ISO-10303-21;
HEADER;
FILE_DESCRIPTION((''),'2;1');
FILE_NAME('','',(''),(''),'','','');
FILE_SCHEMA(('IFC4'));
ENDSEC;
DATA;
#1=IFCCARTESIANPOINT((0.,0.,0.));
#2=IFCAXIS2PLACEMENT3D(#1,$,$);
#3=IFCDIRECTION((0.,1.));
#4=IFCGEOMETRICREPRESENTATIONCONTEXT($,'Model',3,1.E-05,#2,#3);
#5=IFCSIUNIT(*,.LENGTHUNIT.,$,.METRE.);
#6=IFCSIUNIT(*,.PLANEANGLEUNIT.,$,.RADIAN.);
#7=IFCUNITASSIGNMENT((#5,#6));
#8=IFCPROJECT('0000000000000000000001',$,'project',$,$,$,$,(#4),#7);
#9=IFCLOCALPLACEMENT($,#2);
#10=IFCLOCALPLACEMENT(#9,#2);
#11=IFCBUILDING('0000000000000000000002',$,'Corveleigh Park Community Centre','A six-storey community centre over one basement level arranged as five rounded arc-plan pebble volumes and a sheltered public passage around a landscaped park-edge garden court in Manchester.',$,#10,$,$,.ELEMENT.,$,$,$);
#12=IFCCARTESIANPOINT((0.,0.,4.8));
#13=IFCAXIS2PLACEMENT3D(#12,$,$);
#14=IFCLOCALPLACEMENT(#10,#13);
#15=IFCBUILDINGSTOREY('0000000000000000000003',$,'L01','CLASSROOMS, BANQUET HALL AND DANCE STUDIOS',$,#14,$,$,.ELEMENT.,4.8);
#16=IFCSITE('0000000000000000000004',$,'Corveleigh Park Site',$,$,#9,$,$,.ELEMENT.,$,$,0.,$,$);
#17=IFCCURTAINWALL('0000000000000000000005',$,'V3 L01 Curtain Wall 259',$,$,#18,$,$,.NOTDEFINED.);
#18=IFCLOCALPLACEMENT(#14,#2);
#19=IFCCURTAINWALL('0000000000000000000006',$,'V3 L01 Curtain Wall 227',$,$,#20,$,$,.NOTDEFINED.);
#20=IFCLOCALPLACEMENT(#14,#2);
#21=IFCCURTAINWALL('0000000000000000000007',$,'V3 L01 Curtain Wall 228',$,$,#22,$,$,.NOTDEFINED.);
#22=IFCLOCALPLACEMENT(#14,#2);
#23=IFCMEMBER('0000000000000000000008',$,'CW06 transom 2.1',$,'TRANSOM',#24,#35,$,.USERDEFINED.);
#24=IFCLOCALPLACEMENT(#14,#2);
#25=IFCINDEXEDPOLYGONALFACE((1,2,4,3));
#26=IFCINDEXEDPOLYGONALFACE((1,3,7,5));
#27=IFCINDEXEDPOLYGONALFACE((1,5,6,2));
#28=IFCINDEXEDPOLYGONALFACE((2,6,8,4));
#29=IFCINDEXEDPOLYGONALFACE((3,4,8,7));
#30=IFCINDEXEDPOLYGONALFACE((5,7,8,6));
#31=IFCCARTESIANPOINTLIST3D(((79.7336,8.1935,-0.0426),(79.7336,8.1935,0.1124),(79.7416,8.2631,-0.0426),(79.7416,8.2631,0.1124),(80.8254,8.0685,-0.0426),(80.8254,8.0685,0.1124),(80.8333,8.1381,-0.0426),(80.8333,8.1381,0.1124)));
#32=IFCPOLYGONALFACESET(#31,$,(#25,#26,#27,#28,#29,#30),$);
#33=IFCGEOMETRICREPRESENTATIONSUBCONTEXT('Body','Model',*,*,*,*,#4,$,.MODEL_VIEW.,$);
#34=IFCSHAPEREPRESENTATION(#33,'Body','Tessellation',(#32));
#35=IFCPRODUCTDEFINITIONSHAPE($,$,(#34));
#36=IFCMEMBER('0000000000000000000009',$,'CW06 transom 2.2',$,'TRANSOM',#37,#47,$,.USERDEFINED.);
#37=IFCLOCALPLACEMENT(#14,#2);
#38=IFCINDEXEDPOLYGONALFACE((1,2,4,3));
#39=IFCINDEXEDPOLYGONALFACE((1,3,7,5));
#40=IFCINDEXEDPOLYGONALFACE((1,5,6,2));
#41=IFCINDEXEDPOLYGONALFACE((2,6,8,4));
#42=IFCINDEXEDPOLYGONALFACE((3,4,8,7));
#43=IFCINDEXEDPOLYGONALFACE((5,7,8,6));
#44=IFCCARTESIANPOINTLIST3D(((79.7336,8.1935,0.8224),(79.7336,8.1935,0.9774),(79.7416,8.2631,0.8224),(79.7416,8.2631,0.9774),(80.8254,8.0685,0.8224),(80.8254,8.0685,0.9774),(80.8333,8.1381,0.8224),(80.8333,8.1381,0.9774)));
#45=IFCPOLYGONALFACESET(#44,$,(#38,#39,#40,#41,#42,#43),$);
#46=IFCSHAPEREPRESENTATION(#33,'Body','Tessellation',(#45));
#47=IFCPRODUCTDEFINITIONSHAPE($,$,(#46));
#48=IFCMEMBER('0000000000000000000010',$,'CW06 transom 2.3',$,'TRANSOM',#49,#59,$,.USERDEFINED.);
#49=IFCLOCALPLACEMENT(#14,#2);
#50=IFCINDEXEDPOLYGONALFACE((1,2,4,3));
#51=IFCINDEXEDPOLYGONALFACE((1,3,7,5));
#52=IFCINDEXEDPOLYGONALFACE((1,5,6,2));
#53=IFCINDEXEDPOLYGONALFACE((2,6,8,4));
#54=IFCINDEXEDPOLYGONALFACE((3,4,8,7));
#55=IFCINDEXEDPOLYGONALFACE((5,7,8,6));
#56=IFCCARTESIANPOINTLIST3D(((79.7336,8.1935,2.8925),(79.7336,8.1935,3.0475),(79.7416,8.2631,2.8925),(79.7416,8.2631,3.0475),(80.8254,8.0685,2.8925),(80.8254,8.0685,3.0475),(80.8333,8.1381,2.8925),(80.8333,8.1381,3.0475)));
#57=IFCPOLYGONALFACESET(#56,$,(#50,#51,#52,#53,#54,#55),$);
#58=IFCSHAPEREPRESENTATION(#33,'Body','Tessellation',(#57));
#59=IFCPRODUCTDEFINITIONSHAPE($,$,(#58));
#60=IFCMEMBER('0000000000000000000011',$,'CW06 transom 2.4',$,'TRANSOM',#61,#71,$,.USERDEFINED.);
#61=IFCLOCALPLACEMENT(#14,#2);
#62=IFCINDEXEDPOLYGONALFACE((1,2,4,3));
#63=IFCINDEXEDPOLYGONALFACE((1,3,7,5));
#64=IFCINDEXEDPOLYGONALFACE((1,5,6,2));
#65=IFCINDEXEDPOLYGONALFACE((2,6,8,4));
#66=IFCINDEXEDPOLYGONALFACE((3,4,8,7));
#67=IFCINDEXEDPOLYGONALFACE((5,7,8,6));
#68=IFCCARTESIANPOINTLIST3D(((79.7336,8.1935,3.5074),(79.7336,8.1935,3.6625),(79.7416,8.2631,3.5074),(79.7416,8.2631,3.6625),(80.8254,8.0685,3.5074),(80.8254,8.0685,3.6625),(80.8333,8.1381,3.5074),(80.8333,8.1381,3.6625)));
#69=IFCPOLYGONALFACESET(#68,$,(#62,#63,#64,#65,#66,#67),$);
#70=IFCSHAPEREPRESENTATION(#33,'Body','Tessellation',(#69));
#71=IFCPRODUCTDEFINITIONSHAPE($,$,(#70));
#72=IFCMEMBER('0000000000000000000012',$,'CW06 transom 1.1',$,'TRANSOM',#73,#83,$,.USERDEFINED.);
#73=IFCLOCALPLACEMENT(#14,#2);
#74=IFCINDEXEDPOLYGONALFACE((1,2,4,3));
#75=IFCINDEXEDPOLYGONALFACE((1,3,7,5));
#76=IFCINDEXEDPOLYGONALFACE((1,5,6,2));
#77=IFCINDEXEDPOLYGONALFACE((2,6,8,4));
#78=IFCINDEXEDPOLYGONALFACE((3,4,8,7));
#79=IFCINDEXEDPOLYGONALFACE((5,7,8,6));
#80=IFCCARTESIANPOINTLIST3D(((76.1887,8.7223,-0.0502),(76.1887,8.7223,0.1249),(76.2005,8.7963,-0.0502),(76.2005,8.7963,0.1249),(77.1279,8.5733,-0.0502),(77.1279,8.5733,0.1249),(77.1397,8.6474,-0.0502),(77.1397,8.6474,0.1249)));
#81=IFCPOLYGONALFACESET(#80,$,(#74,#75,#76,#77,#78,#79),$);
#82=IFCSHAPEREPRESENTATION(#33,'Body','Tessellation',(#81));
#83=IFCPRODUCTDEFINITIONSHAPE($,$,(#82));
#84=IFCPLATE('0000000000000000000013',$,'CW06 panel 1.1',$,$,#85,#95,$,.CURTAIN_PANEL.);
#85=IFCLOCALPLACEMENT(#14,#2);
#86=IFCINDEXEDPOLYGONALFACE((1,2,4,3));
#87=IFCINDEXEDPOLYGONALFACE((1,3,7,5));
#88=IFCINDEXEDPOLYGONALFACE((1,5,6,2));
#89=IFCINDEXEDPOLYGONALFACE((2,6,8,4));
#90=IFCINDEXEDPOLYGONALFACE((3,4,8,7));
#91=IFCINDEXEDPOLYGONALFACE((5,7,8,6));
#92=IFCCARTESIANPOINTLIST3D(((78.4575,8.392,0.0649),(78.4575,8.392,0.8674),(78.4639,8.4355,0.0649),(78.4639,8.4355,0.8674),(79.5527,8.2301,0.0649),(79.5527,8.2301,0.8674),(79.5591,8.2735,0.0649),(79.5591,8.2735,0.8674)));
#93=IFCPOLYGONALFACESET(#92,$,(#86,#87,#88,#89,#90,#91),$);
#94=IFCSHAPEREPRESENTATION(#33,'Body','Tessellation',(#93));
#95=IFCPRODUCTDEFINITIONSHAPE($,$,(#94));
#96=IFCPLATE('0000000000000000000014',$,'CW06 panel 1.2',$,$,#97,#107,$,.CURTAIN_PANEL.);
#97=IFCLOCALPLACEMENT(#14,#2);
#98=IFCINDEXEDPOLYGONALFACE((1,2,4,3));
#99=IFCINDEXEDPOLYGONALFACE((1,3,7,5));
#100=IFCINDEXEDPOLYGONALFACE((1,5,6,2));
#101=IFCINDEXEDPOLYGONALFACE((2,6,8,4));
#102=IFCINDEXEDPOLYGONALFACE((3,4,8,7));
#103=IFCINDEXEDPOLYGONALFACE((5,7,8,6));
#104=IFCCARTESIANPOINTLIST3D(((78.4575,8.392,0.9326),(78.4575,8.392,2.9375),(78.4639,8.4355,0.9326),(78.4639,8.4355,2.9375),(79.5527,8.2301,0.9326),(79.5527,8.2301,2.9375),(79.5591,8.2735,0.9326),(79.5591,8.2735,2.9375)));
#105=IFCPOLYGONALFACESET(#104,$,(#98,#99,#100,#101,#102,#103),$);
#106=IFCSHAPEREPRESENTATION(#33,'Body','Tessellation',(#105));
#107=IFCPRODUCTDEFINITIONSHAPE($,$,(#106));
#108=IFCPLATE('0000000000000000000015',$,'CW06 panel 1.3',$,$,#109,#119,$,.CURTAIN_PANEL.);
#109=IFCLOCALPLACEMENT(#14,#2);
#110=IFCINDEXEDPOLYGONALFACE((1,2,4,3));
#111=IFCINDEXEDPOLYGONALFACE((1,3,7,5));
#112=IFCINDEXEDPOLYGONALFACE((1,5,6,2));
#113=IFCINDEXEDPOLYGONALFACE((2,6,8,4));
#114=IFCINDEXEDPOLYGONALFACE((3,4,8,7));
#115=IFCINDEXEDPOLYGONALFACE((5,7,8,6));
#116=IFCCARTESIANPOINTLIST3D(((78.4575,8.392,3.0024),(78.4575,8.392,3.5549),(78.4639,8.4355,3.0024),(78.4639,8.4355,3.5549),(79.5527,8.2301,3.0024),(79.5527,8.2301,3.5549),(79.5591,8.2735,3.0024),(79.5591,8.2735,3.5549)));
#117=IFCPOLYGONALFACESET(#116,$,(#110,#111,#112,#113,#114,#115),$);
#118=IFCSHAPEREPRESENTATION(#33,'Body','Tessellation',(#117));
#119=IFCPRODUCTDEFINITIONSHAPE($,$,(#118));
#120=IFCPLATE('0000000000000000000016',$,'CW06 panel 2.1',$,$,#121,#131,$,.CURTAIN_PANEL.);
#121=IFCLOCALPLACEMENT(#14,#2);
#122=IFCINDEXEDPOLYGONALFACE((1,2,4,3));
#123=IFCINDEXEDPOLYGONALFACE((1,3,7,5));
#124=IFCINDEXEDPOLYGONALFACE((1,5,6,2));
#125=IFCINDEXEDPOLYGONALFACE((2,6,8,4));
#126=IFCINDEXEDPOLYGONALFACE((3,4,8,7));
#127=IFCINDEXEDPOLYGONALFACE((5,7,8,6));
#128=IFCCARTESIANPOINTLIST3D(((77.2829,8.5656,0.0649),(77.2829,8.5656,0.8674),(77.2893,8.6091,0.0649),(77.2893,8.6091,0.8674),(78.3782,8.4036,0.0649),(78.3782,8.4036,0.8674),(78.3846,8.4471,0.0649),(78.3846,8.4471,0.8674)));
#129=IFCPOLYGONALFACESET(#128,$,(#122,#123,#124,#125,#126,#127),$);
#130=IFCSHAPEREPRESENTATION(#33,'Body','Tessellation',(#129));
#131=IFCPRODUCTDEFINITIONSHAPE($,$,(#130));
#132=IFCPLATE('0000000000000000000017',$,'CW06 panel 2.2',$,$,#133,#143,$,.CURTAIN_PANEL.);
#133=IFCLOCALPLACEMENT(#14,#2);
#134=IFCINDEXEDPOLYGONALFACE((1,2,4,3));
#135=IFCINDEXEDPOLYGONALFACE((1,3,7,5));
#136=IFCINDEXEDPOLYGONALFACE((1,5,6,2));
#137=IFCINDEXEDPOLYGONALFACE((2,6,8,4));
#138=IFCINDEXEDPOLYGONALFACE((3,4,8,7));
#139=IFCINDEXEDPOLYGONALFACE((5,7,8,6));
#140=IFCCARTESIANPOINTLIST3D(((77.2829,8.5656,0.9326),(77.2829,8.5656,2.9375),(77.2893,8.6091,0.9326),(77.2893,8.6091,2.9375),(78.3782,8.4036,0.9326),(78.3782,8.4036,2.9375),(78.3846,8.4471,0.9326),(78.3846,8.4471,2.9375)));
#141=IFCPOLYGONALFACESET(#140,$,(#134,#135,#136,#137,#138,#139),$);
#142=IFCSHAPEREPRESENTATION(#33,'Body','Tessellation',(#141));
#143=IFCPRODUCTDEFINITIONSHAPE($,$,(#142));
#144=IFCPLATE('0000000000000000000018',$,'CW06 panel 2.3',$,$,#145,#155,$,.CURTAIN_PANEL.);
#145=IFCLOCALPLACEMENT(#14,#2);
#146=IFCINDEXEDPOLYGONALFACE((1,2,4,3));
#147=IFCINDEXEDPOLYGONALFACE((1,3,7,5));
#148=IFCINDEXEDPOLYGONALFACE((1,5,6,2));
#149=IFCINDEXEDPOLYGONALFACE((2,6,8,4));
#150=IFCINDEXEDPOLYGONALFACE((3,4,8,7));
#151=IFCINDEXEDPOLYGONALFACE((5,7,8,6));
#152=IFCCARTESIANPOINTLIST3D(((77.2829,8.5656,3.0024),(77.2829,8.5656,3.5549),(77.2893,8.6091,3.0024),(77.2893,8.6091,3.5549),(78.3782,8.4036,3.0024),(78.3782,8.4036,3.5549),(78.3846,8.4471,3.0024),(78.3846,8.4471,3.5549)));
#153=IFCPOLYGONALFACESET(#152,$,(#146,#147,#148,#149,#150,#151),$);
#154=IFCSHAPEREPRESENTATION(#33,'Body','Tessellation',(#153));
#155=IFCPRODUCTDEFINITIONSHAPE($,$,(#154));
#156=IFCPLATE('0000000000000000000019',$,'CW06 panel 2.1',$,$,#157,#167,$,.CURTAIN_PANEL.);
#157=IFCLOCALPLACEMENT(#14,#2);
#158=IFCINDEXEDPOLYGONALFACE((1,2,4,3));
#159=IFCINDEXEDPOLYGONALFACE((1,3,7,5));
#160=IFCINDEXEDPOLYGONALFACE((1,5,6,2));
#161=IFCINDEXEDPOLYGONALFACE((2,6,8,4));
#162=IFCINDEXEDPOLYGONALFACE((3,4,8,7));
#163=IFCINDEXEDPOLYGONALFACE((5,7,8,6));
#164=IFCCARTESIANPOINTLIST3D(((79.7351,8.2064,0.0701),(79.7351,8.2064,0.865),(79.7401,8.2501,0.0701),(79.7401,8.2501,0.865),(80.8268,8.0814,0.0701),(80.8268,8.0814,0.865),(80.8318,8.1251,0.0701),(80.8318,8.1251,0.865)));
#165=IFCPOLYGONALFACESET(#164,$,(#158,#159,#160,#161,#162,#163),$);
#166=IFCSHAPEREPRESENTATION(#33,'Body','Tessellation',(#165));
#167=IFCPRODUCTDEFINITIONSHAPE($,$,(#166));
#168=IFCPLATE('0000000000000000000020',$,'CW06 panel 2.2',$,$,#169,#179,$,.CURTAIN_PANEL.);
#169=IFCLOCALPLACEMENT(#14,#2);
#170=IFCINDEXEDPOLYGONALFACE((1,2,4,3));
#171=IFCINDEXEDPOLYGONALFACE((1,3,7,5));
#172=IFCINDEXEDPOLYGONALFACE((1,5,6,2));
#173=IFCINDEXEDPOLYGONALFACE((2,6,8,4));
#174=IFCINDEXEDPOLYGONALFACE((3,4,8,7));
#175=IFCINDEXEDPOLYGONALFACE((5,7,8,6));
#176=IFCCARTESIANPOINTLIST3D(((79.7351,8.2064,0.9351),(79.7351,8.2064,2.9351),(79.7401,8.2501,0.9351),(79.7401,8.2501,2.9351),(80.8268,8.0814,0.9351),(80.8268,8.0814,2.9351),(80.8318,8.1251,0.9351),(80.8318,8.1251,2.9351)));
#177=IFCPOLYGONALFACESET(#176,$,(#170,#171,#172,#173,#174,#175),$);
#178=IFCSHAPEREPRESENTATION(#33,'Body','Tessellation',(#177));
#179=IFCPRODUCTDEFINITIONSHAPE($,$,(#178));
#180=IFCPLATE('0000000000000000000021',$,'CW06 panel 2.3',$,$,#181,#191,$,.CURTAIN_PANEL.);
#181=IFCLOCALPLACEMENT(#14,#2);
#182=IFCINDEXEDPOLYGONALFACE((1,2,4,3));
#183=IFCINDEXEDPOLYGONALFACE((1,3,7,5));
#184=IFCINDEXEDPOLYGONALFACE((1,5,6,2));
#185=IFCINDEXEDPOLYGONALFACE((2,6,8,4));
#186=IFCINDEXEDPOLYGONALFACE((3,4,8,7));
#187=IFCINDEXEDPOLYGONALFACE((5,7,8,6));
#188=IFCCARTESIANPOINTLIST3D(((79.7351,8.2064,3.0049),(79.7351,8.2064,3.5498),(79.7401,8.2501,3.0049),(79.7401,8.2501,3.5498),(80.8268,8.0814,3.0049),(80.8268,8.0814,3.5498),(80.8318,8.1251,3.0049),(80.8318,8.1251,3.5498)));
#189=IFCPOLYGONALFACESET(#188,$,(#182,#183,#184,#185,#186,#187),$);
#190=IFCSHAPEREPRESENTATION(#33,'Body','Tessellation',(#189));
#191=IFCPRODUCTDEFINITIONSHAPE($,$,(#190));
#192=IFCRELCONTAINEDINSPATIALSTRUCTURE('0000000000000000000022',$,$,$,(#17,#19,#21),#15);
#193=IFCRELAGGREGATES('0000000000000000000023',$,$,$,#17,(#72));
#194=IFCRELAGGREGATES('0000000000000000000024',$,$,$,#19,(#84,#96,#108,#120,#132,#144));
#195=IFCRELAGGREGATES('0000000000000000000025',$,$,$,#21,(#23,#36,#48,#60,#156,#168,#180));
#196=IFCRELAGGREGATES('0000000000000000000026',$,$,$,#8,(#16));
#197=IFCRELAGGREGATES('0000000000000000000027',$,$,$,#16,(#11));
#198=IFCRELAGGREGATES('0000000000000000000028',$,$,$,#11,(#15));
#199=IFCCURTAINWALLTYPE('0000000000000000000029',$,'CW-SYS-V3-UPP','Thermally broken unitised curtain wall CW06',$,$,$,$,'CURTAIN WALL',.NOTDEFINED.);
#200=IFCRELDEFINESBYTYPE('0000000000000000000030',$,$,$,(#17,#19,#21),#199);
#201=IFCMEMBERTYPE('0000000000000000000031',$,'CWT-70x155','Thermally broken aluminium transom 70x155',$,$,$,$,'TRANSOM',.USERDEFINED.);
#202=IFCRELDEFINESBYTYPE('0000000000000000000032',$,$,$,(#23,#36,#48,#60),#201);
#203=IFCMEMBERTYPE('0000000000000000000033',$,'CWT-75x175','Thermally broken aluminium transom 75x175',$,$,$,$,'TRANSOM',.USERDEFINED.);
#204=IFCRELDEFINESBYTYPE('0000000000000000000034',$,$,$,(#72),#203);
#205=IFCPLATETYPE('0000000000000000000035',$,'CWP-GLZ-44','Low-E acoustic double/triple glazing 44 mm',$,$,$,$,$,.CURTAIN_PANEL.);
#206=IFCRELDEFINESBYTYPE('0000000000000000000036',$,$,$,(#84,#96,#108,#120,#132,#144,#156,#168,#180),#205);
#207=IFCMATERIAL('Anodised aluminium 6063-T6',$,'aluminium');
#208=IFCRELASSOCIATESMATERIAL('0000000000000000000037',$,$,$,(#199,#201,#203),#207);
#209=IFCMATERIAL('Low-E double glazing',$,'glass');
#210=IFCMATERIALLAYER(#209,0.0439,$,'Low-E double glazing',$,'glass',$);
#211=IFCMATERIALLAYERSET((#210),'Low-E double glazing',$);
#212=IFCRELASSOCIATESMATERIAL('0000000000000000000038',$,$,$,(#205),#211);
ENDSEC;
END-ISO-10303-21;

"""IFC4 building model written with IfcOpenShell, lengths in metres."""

from ifc_helpers import new_model, si_unit, direction, frame, origin, origin_2d, place, context, subcontext, project, spatial, rectangle, extrude, material, layer, layer_set, material_profile, profile_set, type_object, element, aggregate, save


model = new_model("IFC4")

# Units and contexts
model_context = context("Model", 3, precision=1e-05, world=origin(), true_north=direction((0.0, 1.0)))
body_context = subcontext(model_context, "Body", "Model", "MODEL_VIEW")
ifc_project = project(units=[si_unit("LENGTHUNIT", "METRE"), si_unit("PLANEANGLEUNIT", "RADIAN")], contexts=[model_context])

# Site, building, storey
site_placement = place(None, origin())
site = spatial("IfcSite", under=ifc_project, at=site_placement, Name="Corveleigh Park Site", CompositionType="ELEMENT", RefElevation=0.0)
building_placement = place(site_placement, origin())
building = spatial("IfcBuilding", under=site, at=building_placement, Name="Corveleigh Park Community Centre", Description="A six-storey community centre over one basement level arranged as five rounded arc-plan pebble volumes and a sheltered public passage around a landscaped park-edge garden court in Manchester.", CompositionType="ELEMENT")
storey_placement = place(building_placement, frame((0.0, 0.0, 4.8)))
storey = spatial("IfcBuildingStorey", under=building, at=storey_placement, Name="L01", Description="CLASSROOMS, BANQUET HALL AND DANCE STUDIOS", CompositionType="ELEMENT", Elevation=4.8)

# Curtain wall
ifc_material_1 = material(Name="Anodised aluminium 6063-T6", Category="aluminium")
curtain_wall_type = type_object("IfcCurtainWallType", Name="CW-SYS-V3-UPP", Description="Thermally broken unitised curtain wall CW06", ElementType="CURTAIN WALL", PredefinedType="NOTDEFINED", material=ifc_material_1)
curtain_wall_1_placement = place(storey_placement, origin())
curtain_wall_1 = element("IfcCurtainWall", 1, at=curtain_wall_1_placement, inside=storey, type_object=curtain_wall_type, Name="V3 L01 Curtain Wall 259", PredefinedType="NOTDEFINED")

# Curtain walls
curtain_wall_2_placement = place(storey_placement, origin())
curtain_wall_2 = element("IfcCurtainWall", 2, at=curtain_wall_2_placement, inside=storey, type_object=curtain_wall_type, Name="V3 L01 Curtain Wall 227", PredefinedType="NOTDEFINED")
curtain_wall_3_placement = place(storey_placement, origin())
curtain_wall_3 = element("IfcCurtainWall", 3, at=curtain_wall_3_placement, inside=storey, type_object=curtain_wall_type, Name="V3 L01 Curtain Wall 228", PredefinedType="NOTDEFINED")

# Members
ifc_material_profile_1 = material_profile(ifc_material_1, rectangle(XDim=0.0701, YDim=0.155, at=origin_2d()), Name="ALU-T70x155", Category="aluminium")
ifc_profile_set_1 = profile_set([ifc_material_profile_1], Name="Anodised aluminium 6063-T6")
member_type_1 = type_object("IfcMemberType", Name="CWT-70x155", Description="Thermally broken aluminium transom 70x155", ElementType="TRANSOM", PredefinedType="USERDEFINED", material=ifc_profile_set_1)
member_1_placement = place(storey_placement, frame((80.8293, 8.1033, 0.0349), z_axis=(-0.99351, 0.113747, 0.0), x_axis=(-0.113747, -0.99351, 0.0)))
member_1 = element("IfcMember", 4, at=member_1_placement, type_object=member_type_1, Name="CW06 transom 2.1", ObjectType="TRANSOM", PredefinedType="USERDEFINED", context=body_context, shape_type="SweptSolid", body=[
    extrude(rectangle(XDim=0.0701, YDim=0.155, at=origin_2d()), origin(), (0.0, 0.0, 1.0), 1.0989),
])
member_2_placement = place(storey_placement, frame((80.8293, 8.1033, 0.8999), z_axis=(-0.99351, 0.113747, 0.0), x_axis=(-0.113747, -0.99351, 0.0)))
member_2 = element("IfcMember", 5, at=member_2_placement, type_object=member_type_1, Name="CW06 transom 2.2", ObjectType="TRANSOM", PredefinedType="USERDEFINED", context=body_context, shape_type="SweptSolid", body=[
    extrude(rectangle(XDim=0.0701, YDim=0.155, at=origin_2d()), origin(), (0.0, 0.0, 1.0), 1.0989),
])
member_3_placement = place(storey_placement, frame((80.8293, 8.1033, 2.97), z_axis=(-0.99351, 0.113747, 0.0), x_axis=(-0.113747, -0.99351, 0.0)))
member_3 = element("IfcMember", 6, at=member_3_placement, type_object=member_type_1, Name="CW06 transom 2.3", ObjectType="TRANSOM", PredefinedType="USERDEFINED", context=body_context, shape_type="SweptSolid", body=[
    extrude(rectangle(XDim=0.0701, YDim=0.155, at=origin_2d()), origin(), (0.0, 0.0, 1.0), 1.0989),
])
member_4_placement = place(storey_placement, frame((80.8293, 8.1033, 3.585), z_axis=(-0.99351, 0.113747, 0.0), x_axis=(-0.113747, -0.99351, 0.0)))
member_4 = element("IfcMember", 7, at=member_4_placement, type_object=member_type_1, Name="CW06 transom 2.4", ObjectType="TRANSOM", PredefinedType="USERDEFINED", context=body_context, shape_type="SweptSolid", body=[
    extrude(rectangle(XDim=0.0701, YDim=0.155, at=origin_2d()), origin(), (0.0, 0.0, 1.0), 1.0989),
])
ifc_material_profile_2 = material_profile(ifc_material_1, rectangle(XDim=0.075, YDim=0.175, at=origin_2d()), Name="ALU-T75x175", Category="aluminium")
ifc_profile_set_2 = profile_set([ifc_material_profile_2], Name="Anodised aluminium 6063-T6")
member_type_2 = type_object("IfcMemberType", Name="CWT-75x175", Description="Thermally broken aluminium transom 75x175", ElementType="TRANSOM", PredefinedType="USERDEFINED", material=ifc_profile_set_2)
member_5_placement = place(storey_placement, frame((77.1338, 8.6104, 0.0374), z_axis=(-0.987661, 0.156609, 0.0), x_axis=(-0.156609, -0.987661, 0.0)))
member_5 = element("IfcMember", 8, at=member_5_placement, type_object=member_type_2, Name="CW06 transom 1.1", ObjectType="TRANSOM", PredefinedType="USERDEFINED", context=body_context, shape_type="SweptSolid", body=[
    extrude(rectangle(XDim=0.075, YDim=0.175, at=origin_2d()), origin(), (0.0, 0.0, 1.0), 0.9509),
])
aggregate(curtain_wall_1, [member_5])

# Plates
ifc_material_2 = material(Name="Low-E double glazing", Category="glass")
ifc_layer = layer(ifc_material_2, 0.0439, Name="Low-E double glazing", Category="glass")
ifc_layer_set = layer_set([ifc_layer], Name="Low-E double glazing")
plate_type = type_object("IfcPlateType", Name="CWP-GLZ-44", Description="Low-E acoustic double/triple glazing 44 mm", PredefinedType="CURTAIN_PANEL", material=ifc_layer_set)
plate_1_placement = place(storey_placement, frame((79.0083, 8.3328, 0.0649), z_axis=(0.0, 0.0, 1.0), x_axis=(-0.989245, 0.146268, 0.0)))
plate_1 = element("IfcPlate", 9, at=plate_1_placement, type_object=plate_type, Name="CW06 panel 1.1", PredefinedType="CURTAIN_PANEL", context=body_context, shape_type="SweptSolid", body=[
    extrude(rectangle(XDim=1.1072, YDim=0.0439, at=origin_2d()), origin(), (0.0, 0.0, 1.0), 0.8025),
])
plate_2_placement = place(storey_placement, frame((79.0083, 8.3328, 0.9326), z_axis=(0.0, 0.0, 1.0), x_axis=(-0.989245, 0.146268, 0.0)))
plate_2 = element("IfcPlate", 10, at=plate_2_placement, type_object=plate_type, Name="CW06 panel 1.2", PredefinedType="CURTAIN_PANEL", context=body_context, shape_type="SweptSolid", body=[
    extrude(rectangle(XDim=1.1072, YDim=0.0439, at=origin_2d()), origin(), (0.0, 0.0, 1.0), 2.0049),
])
plate_3_placement = place(storey_placement, frame((79.0083, 8.3328, 3.0024), z_axis=(0.0, 0.0, 1.0), x_axis=(-0.989245, 0.146268, 0.0)))
plate_3 = element("IfcPlate", 11, at=plate_3_placement, type_object=plate_type, Name="CW06 panel 1.3", PredefinedType="CURTAIN_PANEL", context=body_context, shape_type="SweptSolid", body=[
    extrude(rectangle(XDim=1.1072, YDim=0.0439, at=origin_2d()), origin(), (0.0, 0.0, 1.0), 0.5525),
])
plate_4_placement = place(storey_placement, frame((77.8337, 8.5063, 0.0649), z_axis=(0.0, 0.0, 1.0), x_axis=(-0.989245, 0.146268, 0.0)))
plate_4 = element("IfcPlate", 12, at=plate_4_placement, type_object=plate_type, Name="CW06 panel 2.1", PredefinedType="CURTAIN_PANEL", context=body_context, shape_type="SweptSolid", body=[
    extrude(rectangle(XDim=1.1072, YDim=0.0439, at=origin_2d()), origin(), (0.0, 0.0, 1.0), 0.8025),
])
plate_5_placement = place(storey_placement, frame((77.8337, 8.5063, 0.9326), z_axis=(0.0, 0.0, 1.0), x_axis=(-0.989245, 0.146268, 0.0)))
plate_5 = element("IfcPlate", 13, at=plate_5_placement, type_object=plate_type, Name="CW06 panel 2.2", PredefinedType="CURTAIN_PANEL", context=body_context, shape_type="SweptSolid", body=[
    extrude(rectangle(XDim=1.1072, YDim=0.0439, at=origin_2d()), origin(), (0.0, 0.0, 1.0), 2.0049),
])
plate_6_placement = place(storey_placement, frame((77.8337, 8.5063, 3.0024), z_axis=(0.0, 0.0, 1.0), x_axis=(-0.989245, 0.146268, 0.0)))
plate_6 = element("IfcPlate", 14, at=plate_6_placement, type_object=plate_type, Name="CW06 panel 2.3", PredefinedType="CURTAIN_PANEL", context=body_context, shape_type="SweptSolid", body=[
    extrude(rectangle(XDim=1.1072, YDim=0.0439, at=origin_2d()), origin(), (0.0, 0.0, 1.0), 0.5525),
])
aggregate(curtain_wall_2, [plate_1, plate_2, plate_3, plate_4, plate_5, plate_6])
plate_7_placement = place(storey_placement, frame((80.2834, 8.1658, 0.0701), z_axis=(0.0, 0.0, 1.0), x_axis=(-0.99351, 0.113742, 0.0)))
plate_7 = element("IfcPlate", 15, at=plate_7_placement, type_object=plate_type, Name="CW06 panel 2.1", PredefinedType="CURTAIN_PANEL", context=body_context, shape_type="SweptSolid", body=[
    extrude(rectangle(XDim=1.0989, YDim=0.0439, at=origin_2d()), origin(), (0.0, 0.0, 1.0), 0.7949),
])
plate_8_placement = place(storey_placement, frame((80.2834, 8.1658, 0.9351), z_axis=(0.0, 0.0, 1.0), x_axis=(-0.99351, 0.113742, 0.0)))
plate_8 = element("IfcPlate", 16, at=plate_8_placement, type_object=plate_type, Name="CW06 panel 2.2", PredefinedType="CURTAIN_PANEL", context=body_context, shape_type="SweptSolid", body=[
    extrude(rectangle(XDim=1.0989, YDim=0.0439, at=origin_2d()), origin(), (0.0, 0.0, 1.0), 2.0),
])
plate_9_placement = place(storey_placement, frame((80.2834, 8.1658, 3.0049), z_axis=(0.0, 0.0, 1.0), x_axis=(-0.99351, 0.113742, 0.0)))
plate_9 = element("IfcPlate", 17, at=plate_9_placement, type_object=plate_type, Name="CW06 panel 2.3", PredefinedType="CURTAIN_PANEL", context=body_context, shape_type="SweptSolid", body=[
    extrude(rectangle(XDim=1.0989, YDim=0.0439, at=origin_2d()), origin(), (0.0, 0.0, 1.0), 0.5449),
])
aggregate(curtain_wall_3, [member_1, member_2, member_3, member_4, plate_7, plate_8, plate_9])

save(model, "model.ifc")
